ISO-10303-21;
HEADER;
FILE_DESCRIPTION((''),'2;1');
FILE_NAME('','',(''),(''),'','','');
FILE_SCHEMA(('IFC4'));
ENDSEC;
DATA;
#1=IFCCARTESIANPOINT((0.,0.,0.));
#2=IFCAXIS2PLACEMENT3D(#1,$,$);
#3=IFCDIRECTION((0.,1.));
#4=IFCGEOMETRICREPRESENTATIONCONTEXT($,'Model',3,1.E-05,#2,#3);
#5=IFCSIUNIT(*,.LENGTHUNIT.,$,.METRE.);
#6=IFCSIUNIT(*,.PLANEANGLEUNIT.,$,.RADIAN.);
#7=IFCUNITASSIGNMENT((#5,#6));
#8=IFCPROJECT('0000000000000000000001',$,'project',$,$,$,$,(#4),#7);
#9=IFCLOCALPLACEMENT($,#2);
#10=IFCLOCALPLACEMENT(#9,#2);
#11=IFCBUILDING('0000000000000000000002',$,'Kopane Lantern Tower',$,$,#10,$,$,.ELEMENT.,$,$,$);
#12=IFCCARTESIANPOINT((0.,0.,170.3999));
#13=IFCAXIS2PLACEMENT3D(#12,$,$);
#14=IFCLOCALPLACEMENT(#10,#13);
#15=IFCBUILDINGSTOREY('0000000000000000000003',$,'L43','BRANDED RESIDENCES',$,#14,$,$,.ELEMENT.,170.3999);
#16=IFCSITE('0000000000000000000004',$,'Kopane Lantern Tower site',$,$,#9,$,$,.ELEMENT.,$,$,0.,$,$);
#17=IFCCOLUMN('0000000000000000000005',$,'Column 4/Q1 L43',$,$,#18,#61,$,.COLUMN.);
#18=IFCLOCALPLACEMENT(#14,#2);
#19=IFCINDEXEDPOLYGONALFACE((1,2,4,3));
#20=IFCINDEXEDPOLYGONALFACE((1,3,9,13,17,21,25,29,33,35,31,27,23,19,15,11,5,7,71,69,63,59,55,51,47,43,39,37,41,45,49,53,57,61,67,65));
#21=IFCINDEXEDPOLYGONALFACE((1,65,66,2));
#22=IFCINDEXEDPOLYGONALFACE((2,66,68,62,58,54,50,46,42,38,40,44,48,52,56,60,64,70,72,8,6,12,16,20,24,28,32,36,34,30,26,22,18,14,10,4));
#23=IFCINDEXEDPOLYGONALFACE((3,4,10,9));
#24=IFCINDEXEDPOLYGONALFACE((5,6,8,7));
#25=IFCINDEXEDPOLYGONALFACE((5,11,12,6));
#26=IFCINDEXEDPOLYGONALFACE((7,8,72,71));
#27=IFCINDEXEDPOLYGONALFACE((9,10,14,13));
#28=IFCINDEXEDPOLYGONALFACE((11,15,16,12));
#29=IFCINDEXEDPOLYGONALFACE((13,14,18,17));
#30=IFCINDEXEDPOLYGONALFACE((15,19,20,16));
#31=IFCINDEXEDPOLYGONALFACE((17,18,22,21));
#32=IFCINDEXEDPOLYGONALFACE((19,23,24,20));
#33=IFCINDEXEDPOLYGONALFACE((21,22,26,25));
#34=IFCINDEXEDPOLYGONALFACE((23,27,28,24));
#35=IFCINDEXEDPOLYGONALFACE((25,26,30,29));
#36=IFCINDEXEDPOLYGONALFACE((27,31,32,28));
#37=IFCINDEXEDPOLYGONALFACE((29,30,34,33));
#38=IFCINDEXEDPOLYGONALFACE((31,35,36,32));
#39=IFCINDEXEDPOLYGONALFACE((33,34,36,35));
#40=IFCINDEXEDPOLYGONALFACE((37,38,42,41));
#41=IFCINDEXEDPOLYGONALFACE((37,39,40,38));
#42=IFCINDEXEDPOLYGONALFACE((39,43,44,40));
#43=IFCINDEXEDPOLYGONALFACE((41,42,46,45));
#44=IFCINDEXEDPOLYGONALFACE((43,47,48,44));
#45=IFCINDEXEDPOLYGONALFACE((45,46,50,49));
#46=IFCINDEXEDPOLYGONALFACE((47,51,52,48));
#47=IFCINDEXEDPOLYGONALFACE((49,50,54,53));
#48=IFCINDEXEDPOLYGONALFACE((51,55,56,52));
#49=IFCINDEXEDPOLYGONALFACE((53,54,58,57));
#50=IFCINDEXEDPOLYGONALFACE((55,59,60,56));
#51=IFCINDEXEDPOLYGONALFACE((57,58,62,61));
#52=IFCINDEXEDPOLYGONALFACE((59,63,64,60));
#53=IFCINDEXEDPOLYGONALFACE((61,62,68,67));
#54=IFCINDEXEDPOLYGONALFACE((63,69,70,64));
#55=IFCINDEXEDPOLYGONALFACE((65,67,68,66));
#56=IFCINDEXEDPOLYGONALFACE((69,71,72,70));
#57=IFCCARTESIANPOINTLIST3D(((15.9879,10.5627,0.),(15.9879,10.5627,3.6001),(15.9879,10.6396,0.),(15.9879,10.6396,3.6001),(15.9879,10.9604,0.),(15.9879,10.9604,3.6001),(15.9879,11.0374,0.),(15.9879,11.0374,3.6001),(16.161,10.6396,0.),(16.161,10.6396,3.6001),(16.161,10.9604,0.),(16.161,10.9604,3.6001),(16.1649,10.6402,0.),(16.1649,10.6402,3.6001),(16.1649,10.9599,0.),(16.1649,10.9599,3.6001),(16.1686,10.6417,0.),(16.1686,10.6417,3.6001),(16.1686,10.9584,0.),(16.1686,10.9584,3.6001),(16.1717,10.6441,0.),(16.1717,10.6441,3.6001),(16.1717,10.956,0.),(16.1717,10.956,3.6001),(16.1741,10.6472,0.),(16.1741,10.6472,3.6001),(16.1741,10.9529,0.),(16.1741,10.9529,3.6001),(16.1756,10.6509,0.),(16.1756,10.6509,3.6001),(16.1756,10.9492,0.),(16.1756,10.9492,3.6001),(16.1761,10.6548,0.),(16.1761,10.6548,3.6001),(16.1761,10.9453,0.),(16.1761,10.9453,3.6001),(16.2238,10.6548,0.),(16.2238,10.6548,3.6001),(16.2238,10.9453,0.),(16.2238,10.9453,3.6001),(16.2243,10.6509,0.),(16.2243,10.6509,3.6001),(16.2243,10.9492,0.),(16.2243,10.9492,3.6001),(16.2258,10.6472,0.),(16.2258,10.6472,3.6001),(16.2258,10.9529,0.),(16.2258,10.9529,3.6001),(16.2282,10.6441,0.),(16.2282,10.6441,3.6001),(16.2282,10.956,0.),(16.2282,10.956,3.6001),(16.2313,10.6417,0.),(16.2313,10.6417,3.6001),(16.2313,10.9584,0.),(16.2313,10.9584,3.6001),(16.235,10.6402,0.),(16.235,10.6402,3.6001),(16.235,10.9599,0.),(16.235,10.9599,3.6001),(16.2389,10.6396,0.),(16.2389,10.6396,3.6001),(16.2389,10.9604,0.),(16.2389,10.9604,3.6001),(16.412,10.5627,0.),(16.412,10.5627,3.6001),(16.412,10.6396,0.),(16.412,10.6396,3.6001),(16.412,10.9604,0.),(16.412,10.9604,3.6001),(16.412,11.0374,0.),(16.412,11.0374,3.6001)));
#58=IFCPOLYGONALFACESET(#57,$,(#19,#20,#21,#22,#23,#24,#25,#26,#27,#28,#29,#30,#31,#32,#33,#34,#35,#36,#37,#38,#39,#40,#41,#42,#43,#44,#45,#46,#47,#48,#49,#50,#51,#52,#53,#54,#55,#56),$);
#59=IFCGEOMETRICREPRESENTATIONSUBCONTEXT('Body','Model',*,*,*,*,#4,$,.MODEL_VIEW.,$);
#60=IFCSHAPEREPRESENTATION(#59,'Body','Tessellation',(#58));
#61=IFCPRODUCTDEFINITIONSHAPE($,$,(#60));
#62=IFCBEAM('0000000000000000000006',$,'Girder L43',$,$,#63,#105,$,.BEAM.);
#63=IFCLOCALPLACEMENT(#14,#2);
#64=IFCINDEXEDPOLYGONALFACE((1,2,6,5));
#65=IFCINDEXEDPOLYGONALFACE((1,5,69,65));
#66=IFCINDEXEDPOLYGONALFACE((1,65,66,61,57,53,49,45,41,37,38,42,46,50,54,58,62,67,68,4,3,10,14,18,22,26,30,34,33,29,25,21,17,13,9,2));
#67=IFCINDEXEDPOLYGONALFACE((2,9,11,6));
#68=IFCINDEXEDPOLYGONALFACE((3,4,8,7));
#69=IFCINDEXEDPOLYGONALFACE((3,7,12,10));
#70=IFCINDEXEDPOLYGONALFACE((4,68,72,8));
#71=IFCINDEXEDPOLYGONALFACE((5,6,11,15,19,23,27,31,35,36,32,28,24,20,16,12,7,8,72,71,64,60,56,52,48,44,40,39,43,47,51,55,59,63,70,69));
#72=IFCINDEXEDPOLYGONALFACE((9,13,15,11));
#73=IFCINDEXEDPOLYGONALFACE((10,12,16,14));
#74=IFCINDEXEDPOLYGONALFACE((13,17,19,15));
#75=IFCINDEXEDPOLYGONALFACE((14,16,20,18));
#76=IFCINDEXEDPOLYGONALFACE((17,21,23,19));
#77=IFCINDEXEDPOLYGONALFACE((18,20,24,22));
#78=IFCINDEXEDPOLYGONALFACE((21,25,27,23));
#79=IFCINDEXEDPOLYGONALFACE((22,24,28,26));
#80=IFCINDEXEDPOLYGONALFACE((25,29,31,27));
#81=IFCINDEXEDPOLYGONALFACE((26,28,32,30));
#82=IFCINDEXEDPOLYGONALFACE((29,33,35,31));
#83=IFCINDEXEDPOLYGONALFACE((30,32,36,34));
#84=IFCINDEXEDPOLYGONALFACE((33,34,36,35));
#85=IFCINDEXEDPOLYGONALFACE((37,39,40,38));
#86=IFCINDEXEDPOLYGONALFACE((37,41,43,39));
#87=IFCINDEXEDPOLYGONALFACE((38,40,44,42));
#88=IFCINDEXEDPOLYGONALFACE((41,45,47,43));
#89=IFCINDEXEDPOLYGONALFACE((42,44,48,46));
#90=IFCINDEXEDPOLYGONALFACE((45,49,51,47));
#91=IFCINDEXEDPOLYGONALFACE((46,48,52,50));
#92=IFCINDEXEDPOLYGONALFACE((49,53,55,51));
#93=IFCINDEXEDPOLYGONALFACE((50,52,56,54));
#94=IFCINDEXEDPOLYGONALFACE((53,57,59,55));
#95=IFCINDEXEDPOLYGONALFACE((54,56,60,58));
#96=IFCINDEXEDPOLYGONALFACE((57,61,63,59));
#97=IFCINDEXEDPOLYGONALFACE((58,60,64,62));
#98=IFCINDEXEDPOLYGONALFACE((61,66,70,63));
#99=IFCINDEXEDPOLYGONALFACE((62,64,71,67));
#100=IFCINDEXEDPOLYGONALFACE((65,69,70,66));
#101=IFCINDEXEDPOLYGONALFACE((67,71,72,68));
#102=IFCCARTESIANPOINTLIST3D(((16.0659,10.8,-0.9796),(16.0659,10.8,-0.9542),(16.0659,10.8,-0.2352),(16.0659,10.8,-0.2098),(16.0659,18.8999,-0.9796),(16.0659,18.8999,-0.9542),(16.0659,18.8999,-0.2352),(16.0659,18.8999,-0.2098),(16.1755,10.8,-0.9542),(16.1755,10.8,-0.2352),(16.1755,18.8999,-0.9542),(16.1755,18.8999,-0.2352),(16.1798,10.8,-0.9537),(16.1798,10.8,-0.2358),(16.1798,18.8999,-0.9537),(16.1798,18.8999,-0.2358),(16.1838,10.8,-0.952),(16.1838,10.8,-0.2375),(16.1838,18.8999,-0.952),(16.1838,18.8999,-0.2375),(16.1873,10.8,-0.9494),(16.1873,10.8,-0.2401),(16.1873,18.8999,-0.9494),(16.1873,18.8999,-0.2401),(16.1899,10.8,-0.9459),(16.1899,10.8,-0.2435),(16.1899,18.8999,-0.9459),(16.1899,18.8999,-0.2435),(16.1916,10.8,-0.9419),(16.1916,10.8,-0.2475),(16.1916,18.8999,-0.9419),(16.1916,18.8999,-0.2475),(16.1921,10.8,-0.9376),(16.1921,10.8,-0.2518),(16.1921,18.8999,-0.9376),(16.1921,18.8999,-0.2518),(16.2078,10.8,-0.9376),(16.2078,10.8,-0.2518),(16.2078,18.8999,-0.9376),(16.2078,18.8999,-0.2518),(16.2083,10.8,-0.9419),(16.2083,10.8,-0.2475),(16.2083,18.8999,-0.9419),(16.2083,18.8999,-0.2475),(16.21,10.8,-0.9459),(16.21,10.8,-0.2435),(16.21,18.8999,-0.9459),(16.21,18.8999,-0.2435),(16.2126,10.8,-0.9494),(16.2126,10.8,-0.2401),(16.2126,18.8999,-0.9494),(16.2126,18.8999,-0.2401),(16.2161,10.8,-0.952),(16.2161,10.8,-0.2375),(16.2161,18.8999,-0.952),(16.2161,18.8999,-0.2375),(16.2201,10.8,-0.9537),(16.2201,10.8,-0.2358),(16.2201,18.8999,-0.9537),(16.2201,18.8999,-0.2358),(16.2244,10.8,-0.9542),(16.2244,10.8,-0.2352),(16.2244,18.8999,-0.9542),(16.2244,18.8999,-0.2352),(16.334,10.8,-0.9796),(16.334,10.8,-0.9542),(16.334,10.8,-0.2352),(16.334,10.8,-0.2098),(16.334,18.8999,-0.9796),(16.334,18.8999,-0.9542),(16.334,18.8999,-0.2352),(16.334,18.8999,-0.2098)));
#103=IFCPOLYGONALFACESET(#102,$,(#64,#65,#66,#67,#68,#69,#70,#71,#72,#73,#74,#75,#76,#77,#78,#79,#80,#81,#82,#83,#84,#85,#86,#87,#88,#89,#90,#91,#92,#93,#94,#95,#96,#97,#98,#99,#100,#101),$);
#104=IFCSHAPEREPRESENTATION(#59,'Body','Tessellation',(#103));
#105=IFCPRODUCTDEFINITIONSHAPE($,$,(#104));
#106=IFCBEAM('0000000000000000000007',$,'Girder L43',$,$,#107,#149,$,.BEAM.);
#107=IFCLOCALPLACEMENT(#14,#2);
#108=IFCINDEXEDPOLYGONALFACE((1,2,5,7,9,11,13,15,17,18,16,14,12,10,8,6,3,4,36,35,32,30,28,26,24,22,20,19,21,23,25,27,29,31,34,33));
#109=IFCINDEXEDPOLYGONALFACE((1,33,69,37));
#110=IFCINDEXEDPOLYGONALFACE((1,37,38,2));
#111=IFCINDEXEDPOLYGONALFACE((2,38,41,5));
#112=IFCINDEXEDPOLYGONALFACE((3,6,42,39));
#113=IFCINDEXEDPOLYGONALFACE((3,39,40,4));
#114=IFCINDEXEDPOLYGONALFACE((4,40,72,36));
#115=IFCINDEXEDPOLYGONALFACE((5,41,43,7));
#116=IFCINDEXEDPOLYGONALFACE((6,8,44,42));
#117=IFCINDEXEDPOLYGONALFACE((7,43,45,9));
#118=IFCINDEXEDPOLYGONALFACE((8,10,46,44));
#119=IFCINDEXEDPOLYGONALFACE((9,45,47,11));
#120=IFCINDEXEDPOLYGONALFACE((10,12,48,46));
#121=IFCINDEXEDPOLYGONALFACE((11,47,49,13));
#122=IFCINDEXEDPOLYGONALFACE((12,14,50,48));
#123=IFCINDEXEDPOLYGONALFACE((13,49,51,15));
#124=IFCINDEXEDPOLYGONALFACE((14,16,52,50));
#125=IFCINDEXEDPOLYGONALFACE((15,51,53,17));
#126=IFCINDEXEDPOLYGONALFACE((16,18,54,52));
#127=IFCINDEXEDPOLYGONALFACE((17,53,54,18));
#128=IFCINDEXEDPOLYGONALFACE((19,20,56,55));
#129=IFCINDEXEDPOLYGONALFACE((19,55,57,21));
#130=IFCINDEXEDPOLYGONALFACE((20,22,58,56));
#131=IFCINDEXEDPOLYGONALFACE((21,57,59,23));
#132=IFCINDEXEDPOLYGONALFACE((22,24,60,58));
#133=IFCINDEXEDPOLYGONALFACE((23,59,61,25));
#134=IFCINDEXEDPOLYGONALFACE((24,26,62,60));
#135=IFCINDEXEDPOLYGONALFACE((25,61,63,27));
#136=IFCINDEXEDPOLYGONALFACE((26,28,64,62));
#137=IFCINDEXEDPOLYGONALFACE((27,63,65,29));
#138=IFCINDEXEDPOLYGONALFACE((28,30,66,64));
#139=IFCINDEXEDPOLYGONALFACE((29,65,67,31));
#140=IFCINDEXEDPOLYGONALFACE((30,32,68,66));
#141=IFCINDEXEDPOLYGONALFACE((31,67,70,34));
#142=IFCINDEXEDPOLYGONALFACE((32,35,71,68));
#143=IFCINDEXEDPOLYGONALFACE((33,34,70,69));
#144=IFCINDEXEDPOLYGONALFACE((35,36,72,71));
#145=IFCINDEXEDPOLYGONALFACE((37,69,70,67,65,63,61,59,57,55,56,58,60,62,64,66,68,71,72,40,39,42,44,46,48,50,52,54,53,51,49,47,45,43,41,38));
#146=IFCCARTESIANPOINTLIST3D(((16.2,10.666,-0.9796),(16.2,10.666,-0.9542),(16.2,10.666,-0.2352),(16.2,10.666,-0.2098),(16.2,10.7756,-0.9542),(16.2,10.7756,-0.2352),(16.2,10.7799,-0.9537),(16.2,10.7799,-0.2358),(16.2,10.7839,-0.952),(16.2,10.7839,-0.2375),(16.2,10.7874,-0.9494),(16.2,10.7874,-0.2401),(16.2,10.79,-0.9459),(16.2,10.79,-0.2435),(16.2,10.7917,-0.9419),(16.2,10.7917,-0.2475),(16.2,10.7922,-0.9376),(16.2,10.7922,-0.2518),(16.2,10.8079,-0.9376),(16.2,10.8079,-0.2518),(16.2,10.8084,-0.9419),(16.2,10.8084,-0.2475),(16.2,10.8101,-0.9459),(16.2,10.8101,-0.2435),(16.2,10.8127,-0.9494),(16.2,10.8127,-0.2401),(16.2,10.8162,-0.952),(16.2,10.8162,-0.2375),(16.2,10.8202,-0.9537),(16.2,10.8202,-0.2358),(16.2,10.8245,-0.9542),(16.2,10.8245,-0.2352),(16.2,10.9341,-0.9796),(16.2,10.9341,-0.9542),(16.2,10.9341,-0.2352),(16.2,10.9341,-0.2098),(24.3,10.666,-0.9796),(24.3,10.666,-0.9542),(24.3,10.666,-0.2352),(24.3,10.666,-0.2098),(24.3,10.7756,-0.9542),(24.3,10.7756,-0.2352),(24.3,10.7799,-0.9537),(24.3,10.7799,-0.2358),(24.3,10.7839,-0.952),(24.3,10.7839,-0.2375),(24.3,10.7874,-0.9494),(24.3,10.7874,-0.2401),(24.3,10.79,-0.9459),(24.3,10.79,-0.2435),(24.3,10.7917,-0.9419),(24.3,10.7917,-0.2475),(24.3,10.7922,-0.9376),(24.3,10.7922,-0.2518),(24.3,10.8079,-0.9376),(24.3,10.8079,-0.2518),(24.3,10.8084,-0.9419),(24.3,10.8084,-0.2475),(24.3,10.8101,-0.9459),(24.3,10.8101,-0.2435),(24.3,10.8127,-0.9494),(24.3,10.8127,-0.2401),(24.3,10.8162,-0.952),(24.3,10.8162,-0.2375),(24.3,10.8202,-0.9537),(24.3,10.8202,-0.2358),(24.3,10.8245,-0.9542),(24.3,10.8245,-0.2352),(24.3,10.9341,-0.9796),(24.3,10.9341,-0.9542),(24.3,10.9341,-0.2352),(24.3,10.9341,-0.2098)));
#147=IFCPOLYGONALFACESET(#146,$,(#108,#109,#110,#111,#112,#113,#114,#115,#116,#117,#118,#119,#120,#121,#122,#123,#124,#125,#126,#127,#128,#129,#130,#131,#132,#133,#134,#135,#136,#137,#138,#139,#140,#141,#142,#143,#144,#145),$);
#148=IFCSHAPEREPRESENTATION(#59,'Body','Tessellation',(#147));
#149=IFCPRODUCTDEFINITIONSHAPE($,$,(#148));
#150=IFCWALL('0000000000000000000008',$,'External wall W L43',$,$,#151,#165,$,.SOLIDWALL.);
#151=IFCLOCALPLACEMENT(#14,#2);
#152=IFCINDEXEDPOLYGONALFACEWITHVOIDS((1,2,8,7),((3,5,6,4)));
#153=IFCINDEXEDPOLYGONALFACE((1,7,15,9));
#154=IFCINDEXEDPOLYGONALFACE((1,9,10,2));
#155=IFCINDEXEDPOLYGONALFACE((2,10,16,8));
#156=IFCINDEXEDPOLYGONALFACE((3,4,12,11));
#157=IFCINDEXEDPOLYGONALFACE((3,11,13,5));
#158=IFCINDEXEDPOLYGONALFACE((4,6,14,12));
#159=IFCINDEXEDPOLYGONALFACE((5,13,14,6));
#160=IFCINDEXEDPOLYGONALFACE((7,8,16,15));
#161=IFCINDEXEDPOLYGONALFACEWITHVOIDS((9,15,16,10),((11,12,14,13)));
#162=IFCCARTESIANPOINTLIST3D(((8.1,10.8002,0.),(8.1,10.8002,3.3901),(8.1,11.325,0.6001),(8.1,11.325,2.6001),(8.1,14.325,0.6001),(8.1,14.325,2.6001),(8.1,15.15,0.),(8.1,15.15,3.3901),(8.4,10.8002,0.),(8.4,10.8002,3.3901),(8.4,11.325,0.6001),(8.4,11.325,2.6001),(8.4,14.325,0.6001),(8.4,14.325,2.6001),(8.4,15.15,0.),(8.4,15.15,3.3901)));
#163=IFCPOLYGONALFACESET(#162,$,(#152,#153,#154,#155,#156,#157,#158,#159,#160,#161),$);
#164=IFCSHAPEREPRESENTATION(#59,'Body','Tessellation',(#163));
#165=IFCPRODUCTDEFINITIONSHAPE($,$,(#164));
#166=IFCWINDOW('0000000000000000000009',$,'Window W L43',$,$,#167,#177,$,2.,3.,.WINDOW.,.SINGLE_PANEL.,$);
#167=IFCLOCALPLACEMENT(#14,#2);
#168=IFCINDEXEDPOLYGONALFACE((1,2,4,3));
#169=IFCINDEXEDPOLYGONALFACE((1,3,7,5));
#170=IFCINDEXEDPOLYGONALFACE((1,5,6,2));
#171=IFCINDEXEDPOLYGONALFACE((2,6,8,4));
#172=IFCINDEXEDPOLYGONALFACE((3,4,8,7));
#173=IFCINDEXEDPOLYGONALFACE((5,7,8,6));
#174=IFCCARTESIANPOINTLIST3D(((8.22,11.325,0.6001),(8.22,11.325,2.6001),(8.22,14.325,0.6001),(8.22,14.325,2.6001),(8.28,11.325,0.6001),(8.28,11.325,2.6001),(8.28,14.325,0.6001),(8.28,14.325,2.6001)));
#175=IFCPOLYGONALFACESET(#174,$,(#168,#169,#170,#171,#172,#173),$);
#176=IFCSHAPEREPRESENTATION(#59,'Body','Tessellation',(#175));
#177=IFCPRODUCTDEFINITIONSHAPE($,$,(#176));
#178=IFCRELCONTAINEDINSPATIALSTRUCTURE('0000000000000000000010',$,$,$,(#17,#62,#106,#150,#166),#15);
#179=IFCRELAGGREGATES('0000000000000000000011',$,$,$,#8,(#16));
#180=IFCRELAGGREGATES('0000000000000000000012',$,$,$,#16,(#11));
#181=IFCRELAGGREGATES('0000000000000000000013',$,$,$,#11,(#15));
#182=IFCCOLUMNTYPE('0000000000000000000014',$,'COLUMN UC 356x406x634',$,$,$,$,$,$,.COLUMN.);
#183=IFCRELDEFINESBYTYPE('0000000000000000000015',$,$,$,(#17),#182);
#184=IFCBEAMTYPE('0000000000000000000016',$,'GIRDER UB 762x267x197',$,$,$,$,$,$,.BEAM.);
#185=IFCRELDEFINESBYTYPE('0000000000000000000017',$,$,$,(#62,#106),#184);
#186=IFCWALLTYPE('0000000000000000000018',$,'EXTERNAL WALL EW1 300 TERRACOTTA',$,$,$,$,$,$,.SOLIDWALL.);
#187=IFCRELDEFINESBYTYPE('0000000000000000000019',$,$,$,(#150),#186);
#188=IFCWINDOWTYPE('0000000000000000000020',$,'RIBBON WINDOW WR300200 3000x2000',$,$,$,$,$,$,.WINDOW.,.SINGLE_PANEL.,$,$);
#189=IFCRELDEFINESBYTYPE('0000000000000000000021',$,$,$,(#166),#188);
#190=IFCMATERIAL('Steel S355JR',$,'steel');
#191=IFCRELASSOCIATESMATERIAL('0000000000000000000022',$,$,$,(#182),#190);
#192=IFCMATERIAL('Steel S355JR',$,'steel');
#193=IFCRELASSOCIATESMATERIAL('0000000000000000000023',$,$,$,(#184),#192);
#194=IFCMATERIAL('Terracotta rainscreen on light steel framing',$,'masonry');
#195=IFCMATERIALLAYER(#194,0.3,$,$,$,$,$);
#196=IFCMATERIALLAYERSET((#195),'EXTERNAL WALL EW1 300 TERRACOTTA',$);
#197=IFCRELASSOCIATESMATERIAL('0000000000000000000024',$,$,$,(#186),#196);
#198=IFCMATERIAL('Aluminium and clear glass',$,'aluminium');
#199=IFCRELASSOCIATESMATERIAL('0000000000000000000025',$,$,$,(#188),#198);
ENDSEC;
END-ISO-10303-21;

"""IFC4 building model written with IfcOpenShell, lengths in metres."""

from ifc_helpers import new_model, si_unit, direction, frame, frame_2d, origin, origin_2d, place, context, subcontext, project, spatial, rectangle, i_section, extrude, material, layer, layer_set, material_profile, profile_set, type_object, element, fill, save


model = new_model("IFC4")

# Units and contexts
model_context = context("Model", 3, precision=1e-05, world=origin(), true_north=direction((0.0, 1.0)))
body_context = subcontext(model_context, "Body", "Model", "MODEL_VIEW")
ifc_project = project(units=[si_unit("LENGTHUNIT", "METRE"), si_unit("PLANEANGLEUNIT", "RADIAN")], contexts=[model_context])

# Site, building, storey
site_placement = place(None, origin())
site = spatial("IfcSite", under=ifc_project, at=site_placement, Name="Kopane Lantern Tower site", CompositionType="ELEMENT", RefElevation=0.0)
building_placement = place(site_placement, origin())
building = spatial("IfcBuilding", under=site, at=building_placement, Name="Kopane Lantern Tower", CompositionType="ELEMENT")
storey_placement = place(building_placement, frame((0.0, 0.0, 170.3999)))
storey = spatial("IfcBuildingStorey", under=building, at=storey_placement, Name="L43", Description="BRANDED RESIDENCES", CompositionType="ELEMENT", Elevation=170.3999)

# Column
ifc_material_1 = material(Name="Steel S355JR", Category="steel")
ifc_material_profile_1 = material_profile(ifc_material_1, i_section(OverallWidth=0.4241, OverallDepth=0.4746, WebThickness=0.0476, FlangeThickness=0.0769, FilletRadius=0.0151, at=origin_2d()), Name="UC 356x406x634")
ifc_profile_set_1 = profile_set([ifc_material_profile_1], Name="Steel S355JR")
column_type = type_object("IfcColumnType", Name="COLUMN UC 356x406x634", PredefinedType="COLUMN", material=ifc_profile_set_1)
column_placement = place(storey_placement, frame((16.2, 10.8, 0.0), z_axis=(0.0, 0.0, 1.0), x_axis=(1.0, 0.0, 0.0)))
element("IfcColumn", 1, at=column_placement, inside=storey, type_object=column_type, Name="Column 4/Q1 L43", PredefinedType="COLUMN", context=body_context, shape_type="SweptSolid", body=[
    extrude(i_section(OverallWidth=0.4241, OverallDepth=0.4746, WebThickness=0.0476, FlangeThickness=0.0769, FilletRadius=0.0151, at=origin_2d()), origin(), (0.0, 0.0, 1.0), 3.6001),
])

# Beams
ifc_material_2 = material(Name="Steel S355JR", Category="steel")
ifc_material_profile_2 = material_profile(ifc_material_2, i_section(OverallWidth=0.2681, OverallDepth=0.7698, WebThickness=0.0156, FlangeThickness=0.0254, FilletRadius=0.0166, at=origin_2d()), Name="UB 762x267x197")
ifc_profile_set_2 = profile_set([ifc_material_profile_2], Name="Steel S355JR")
beam_type = type_object("IfcBeamType", Name="GIRDER UB 762x267x197", PredefinedType="BEAM", material=ifc_profile_set_2)
beam_1_placement = place(storey_placement, frame((16.2, 10.8, -0.5947), z_axis=(0.0, 1.0, 0.0), x_axis=(-1.0, 0.0, 0.0)))
element("IfcBeam", 2, at=beam_1_placement, inside=storey, type_object=beam_type, Name="Girder L43", PredefinedType="BEAM", context=body_context, shape_type="SweptSolid", body=[
    extrude(i_section(OverallWidth=0.2681, OverallDepth=0.7698, WebThickness=0.0156, FlangeThickness=0.0254, FilletRadius=0.0166, at=origin_2d()), origin(), (0.0, 0.0, 1.0), 8.0999),
])
beam_2_placement = place(storey_placement, frame((16.2, 10.8, -0.5947), z_axis=(1.0, 0.0, 0.0), x_axis=(0.0, 1.0, 0.0)))
element("IfcBeam", 3, at=beam_2_placement, inside=storey, type_object=beam_type, Name="Girder L43", PredefinedType="BEAM", context=body_context, shape_type="SweptSolid", body=[
    extrude(i_section(OverallWidth=0.2681, OverallDepth=0.7698, WebThickness=0.0156, FlangeThickness=0.0254, FilletRadius=0.0166, at=origin_2d()), origin(), (0.0, 0.0, 1.0), 8.1001),
])

# Shared definitions
ifc_material_3 = material(Name="Terracotta rainscreen on light steel framing", Category="masonry")
ifc_layer = layer(ifc_material_3, 0.3)
ifc_layer_set = layer_set([ifc_layer], Name="EXTERNAL WALL EW1 300 TERRACOTTA")
wall_type = type_object("IfcWallType", Name="EXTERNAL WALL EW1 300 TERRACOTTA", PredefinedType="SOLIDWALL", material=ifc_layer_set)

# Wall, opening, window
wall_1_placement = place(storey_placement, frame((8.25, 15.1499, 0.0), z_axis=(0.0, 0.0, 1.0), x_axis=(0.0, -1.0, 0.0)))
wall_1 = element("IfcWall", 4, at=wall_1_placement, inside=storey, type_object=wall_type, Name="External wall W L43", PredefinedType="SOLIDWALL", context=body_context, shape_type="SweptSolid", body=[
    extrude(rectangle(XDim=4.3499, YDim=0.3, at=frame_2d((2.1748, 0.0))), origin(), (0.0, 0.0, 1.0), 3.3901),
])
opening_1_placement = place(wall_1_placement, frame((0.825, 0.0, 0.6001)))
opening_1 = element("IfcOpeningElement", 5, at=opening_1_placement, cuts=wall_1, PredefinedType="OPENING", context=body_context, shape_type="SweptSolid", body=[
    extrude(rectangle(XDim=3.0, YDim=2.0, at=frame_2d((1.5, 1.0))), frame((0.0, 0.1599, 0.0), z_axis=(0.0, -1.0, 0.0), x_axis=(1.0, 0.0, 0.0)), (0.0, 0.0, 1.0), 0.3201),
])
ifc_material_4 = material(Name="Aluminium and clear glass", Category="aluminium")
window_type_1 = type_object("IfcWindowType", Name="RIBBON WINDOW WR300200 3000x2000", PartitioningType="SINGLE_PANEL", PredefinedType="WINDOW", material=ifc_material_4)
window_1_placement = place(opening_1_placement, origin())
window_1 = element("IfcWindow", 6, at=window_1_placement, inside=storey, type_object=window_type_1, Name="Window W L43", OverallHeight=2.0, OverallWidth=3.0, PartitioningType="SINGLE_PANEL", PredefinedType="WINDOW", context=body_context, shape_type="SweptSolid", body=[
    extrude(rectangle(XDim=3.0, YDim=2.0, at=frame_2d((1.5, 1.0))), frame((0.0, 0.03, 0.0), z_axis=(0.0, -1.0, 0.0), x_axis=(1.0, 0.0, 0.0)), (0.0, 0.0, 1.0), 0.0601),
])
fill(opening_1, window_1)

save(model, "model.ifc")
